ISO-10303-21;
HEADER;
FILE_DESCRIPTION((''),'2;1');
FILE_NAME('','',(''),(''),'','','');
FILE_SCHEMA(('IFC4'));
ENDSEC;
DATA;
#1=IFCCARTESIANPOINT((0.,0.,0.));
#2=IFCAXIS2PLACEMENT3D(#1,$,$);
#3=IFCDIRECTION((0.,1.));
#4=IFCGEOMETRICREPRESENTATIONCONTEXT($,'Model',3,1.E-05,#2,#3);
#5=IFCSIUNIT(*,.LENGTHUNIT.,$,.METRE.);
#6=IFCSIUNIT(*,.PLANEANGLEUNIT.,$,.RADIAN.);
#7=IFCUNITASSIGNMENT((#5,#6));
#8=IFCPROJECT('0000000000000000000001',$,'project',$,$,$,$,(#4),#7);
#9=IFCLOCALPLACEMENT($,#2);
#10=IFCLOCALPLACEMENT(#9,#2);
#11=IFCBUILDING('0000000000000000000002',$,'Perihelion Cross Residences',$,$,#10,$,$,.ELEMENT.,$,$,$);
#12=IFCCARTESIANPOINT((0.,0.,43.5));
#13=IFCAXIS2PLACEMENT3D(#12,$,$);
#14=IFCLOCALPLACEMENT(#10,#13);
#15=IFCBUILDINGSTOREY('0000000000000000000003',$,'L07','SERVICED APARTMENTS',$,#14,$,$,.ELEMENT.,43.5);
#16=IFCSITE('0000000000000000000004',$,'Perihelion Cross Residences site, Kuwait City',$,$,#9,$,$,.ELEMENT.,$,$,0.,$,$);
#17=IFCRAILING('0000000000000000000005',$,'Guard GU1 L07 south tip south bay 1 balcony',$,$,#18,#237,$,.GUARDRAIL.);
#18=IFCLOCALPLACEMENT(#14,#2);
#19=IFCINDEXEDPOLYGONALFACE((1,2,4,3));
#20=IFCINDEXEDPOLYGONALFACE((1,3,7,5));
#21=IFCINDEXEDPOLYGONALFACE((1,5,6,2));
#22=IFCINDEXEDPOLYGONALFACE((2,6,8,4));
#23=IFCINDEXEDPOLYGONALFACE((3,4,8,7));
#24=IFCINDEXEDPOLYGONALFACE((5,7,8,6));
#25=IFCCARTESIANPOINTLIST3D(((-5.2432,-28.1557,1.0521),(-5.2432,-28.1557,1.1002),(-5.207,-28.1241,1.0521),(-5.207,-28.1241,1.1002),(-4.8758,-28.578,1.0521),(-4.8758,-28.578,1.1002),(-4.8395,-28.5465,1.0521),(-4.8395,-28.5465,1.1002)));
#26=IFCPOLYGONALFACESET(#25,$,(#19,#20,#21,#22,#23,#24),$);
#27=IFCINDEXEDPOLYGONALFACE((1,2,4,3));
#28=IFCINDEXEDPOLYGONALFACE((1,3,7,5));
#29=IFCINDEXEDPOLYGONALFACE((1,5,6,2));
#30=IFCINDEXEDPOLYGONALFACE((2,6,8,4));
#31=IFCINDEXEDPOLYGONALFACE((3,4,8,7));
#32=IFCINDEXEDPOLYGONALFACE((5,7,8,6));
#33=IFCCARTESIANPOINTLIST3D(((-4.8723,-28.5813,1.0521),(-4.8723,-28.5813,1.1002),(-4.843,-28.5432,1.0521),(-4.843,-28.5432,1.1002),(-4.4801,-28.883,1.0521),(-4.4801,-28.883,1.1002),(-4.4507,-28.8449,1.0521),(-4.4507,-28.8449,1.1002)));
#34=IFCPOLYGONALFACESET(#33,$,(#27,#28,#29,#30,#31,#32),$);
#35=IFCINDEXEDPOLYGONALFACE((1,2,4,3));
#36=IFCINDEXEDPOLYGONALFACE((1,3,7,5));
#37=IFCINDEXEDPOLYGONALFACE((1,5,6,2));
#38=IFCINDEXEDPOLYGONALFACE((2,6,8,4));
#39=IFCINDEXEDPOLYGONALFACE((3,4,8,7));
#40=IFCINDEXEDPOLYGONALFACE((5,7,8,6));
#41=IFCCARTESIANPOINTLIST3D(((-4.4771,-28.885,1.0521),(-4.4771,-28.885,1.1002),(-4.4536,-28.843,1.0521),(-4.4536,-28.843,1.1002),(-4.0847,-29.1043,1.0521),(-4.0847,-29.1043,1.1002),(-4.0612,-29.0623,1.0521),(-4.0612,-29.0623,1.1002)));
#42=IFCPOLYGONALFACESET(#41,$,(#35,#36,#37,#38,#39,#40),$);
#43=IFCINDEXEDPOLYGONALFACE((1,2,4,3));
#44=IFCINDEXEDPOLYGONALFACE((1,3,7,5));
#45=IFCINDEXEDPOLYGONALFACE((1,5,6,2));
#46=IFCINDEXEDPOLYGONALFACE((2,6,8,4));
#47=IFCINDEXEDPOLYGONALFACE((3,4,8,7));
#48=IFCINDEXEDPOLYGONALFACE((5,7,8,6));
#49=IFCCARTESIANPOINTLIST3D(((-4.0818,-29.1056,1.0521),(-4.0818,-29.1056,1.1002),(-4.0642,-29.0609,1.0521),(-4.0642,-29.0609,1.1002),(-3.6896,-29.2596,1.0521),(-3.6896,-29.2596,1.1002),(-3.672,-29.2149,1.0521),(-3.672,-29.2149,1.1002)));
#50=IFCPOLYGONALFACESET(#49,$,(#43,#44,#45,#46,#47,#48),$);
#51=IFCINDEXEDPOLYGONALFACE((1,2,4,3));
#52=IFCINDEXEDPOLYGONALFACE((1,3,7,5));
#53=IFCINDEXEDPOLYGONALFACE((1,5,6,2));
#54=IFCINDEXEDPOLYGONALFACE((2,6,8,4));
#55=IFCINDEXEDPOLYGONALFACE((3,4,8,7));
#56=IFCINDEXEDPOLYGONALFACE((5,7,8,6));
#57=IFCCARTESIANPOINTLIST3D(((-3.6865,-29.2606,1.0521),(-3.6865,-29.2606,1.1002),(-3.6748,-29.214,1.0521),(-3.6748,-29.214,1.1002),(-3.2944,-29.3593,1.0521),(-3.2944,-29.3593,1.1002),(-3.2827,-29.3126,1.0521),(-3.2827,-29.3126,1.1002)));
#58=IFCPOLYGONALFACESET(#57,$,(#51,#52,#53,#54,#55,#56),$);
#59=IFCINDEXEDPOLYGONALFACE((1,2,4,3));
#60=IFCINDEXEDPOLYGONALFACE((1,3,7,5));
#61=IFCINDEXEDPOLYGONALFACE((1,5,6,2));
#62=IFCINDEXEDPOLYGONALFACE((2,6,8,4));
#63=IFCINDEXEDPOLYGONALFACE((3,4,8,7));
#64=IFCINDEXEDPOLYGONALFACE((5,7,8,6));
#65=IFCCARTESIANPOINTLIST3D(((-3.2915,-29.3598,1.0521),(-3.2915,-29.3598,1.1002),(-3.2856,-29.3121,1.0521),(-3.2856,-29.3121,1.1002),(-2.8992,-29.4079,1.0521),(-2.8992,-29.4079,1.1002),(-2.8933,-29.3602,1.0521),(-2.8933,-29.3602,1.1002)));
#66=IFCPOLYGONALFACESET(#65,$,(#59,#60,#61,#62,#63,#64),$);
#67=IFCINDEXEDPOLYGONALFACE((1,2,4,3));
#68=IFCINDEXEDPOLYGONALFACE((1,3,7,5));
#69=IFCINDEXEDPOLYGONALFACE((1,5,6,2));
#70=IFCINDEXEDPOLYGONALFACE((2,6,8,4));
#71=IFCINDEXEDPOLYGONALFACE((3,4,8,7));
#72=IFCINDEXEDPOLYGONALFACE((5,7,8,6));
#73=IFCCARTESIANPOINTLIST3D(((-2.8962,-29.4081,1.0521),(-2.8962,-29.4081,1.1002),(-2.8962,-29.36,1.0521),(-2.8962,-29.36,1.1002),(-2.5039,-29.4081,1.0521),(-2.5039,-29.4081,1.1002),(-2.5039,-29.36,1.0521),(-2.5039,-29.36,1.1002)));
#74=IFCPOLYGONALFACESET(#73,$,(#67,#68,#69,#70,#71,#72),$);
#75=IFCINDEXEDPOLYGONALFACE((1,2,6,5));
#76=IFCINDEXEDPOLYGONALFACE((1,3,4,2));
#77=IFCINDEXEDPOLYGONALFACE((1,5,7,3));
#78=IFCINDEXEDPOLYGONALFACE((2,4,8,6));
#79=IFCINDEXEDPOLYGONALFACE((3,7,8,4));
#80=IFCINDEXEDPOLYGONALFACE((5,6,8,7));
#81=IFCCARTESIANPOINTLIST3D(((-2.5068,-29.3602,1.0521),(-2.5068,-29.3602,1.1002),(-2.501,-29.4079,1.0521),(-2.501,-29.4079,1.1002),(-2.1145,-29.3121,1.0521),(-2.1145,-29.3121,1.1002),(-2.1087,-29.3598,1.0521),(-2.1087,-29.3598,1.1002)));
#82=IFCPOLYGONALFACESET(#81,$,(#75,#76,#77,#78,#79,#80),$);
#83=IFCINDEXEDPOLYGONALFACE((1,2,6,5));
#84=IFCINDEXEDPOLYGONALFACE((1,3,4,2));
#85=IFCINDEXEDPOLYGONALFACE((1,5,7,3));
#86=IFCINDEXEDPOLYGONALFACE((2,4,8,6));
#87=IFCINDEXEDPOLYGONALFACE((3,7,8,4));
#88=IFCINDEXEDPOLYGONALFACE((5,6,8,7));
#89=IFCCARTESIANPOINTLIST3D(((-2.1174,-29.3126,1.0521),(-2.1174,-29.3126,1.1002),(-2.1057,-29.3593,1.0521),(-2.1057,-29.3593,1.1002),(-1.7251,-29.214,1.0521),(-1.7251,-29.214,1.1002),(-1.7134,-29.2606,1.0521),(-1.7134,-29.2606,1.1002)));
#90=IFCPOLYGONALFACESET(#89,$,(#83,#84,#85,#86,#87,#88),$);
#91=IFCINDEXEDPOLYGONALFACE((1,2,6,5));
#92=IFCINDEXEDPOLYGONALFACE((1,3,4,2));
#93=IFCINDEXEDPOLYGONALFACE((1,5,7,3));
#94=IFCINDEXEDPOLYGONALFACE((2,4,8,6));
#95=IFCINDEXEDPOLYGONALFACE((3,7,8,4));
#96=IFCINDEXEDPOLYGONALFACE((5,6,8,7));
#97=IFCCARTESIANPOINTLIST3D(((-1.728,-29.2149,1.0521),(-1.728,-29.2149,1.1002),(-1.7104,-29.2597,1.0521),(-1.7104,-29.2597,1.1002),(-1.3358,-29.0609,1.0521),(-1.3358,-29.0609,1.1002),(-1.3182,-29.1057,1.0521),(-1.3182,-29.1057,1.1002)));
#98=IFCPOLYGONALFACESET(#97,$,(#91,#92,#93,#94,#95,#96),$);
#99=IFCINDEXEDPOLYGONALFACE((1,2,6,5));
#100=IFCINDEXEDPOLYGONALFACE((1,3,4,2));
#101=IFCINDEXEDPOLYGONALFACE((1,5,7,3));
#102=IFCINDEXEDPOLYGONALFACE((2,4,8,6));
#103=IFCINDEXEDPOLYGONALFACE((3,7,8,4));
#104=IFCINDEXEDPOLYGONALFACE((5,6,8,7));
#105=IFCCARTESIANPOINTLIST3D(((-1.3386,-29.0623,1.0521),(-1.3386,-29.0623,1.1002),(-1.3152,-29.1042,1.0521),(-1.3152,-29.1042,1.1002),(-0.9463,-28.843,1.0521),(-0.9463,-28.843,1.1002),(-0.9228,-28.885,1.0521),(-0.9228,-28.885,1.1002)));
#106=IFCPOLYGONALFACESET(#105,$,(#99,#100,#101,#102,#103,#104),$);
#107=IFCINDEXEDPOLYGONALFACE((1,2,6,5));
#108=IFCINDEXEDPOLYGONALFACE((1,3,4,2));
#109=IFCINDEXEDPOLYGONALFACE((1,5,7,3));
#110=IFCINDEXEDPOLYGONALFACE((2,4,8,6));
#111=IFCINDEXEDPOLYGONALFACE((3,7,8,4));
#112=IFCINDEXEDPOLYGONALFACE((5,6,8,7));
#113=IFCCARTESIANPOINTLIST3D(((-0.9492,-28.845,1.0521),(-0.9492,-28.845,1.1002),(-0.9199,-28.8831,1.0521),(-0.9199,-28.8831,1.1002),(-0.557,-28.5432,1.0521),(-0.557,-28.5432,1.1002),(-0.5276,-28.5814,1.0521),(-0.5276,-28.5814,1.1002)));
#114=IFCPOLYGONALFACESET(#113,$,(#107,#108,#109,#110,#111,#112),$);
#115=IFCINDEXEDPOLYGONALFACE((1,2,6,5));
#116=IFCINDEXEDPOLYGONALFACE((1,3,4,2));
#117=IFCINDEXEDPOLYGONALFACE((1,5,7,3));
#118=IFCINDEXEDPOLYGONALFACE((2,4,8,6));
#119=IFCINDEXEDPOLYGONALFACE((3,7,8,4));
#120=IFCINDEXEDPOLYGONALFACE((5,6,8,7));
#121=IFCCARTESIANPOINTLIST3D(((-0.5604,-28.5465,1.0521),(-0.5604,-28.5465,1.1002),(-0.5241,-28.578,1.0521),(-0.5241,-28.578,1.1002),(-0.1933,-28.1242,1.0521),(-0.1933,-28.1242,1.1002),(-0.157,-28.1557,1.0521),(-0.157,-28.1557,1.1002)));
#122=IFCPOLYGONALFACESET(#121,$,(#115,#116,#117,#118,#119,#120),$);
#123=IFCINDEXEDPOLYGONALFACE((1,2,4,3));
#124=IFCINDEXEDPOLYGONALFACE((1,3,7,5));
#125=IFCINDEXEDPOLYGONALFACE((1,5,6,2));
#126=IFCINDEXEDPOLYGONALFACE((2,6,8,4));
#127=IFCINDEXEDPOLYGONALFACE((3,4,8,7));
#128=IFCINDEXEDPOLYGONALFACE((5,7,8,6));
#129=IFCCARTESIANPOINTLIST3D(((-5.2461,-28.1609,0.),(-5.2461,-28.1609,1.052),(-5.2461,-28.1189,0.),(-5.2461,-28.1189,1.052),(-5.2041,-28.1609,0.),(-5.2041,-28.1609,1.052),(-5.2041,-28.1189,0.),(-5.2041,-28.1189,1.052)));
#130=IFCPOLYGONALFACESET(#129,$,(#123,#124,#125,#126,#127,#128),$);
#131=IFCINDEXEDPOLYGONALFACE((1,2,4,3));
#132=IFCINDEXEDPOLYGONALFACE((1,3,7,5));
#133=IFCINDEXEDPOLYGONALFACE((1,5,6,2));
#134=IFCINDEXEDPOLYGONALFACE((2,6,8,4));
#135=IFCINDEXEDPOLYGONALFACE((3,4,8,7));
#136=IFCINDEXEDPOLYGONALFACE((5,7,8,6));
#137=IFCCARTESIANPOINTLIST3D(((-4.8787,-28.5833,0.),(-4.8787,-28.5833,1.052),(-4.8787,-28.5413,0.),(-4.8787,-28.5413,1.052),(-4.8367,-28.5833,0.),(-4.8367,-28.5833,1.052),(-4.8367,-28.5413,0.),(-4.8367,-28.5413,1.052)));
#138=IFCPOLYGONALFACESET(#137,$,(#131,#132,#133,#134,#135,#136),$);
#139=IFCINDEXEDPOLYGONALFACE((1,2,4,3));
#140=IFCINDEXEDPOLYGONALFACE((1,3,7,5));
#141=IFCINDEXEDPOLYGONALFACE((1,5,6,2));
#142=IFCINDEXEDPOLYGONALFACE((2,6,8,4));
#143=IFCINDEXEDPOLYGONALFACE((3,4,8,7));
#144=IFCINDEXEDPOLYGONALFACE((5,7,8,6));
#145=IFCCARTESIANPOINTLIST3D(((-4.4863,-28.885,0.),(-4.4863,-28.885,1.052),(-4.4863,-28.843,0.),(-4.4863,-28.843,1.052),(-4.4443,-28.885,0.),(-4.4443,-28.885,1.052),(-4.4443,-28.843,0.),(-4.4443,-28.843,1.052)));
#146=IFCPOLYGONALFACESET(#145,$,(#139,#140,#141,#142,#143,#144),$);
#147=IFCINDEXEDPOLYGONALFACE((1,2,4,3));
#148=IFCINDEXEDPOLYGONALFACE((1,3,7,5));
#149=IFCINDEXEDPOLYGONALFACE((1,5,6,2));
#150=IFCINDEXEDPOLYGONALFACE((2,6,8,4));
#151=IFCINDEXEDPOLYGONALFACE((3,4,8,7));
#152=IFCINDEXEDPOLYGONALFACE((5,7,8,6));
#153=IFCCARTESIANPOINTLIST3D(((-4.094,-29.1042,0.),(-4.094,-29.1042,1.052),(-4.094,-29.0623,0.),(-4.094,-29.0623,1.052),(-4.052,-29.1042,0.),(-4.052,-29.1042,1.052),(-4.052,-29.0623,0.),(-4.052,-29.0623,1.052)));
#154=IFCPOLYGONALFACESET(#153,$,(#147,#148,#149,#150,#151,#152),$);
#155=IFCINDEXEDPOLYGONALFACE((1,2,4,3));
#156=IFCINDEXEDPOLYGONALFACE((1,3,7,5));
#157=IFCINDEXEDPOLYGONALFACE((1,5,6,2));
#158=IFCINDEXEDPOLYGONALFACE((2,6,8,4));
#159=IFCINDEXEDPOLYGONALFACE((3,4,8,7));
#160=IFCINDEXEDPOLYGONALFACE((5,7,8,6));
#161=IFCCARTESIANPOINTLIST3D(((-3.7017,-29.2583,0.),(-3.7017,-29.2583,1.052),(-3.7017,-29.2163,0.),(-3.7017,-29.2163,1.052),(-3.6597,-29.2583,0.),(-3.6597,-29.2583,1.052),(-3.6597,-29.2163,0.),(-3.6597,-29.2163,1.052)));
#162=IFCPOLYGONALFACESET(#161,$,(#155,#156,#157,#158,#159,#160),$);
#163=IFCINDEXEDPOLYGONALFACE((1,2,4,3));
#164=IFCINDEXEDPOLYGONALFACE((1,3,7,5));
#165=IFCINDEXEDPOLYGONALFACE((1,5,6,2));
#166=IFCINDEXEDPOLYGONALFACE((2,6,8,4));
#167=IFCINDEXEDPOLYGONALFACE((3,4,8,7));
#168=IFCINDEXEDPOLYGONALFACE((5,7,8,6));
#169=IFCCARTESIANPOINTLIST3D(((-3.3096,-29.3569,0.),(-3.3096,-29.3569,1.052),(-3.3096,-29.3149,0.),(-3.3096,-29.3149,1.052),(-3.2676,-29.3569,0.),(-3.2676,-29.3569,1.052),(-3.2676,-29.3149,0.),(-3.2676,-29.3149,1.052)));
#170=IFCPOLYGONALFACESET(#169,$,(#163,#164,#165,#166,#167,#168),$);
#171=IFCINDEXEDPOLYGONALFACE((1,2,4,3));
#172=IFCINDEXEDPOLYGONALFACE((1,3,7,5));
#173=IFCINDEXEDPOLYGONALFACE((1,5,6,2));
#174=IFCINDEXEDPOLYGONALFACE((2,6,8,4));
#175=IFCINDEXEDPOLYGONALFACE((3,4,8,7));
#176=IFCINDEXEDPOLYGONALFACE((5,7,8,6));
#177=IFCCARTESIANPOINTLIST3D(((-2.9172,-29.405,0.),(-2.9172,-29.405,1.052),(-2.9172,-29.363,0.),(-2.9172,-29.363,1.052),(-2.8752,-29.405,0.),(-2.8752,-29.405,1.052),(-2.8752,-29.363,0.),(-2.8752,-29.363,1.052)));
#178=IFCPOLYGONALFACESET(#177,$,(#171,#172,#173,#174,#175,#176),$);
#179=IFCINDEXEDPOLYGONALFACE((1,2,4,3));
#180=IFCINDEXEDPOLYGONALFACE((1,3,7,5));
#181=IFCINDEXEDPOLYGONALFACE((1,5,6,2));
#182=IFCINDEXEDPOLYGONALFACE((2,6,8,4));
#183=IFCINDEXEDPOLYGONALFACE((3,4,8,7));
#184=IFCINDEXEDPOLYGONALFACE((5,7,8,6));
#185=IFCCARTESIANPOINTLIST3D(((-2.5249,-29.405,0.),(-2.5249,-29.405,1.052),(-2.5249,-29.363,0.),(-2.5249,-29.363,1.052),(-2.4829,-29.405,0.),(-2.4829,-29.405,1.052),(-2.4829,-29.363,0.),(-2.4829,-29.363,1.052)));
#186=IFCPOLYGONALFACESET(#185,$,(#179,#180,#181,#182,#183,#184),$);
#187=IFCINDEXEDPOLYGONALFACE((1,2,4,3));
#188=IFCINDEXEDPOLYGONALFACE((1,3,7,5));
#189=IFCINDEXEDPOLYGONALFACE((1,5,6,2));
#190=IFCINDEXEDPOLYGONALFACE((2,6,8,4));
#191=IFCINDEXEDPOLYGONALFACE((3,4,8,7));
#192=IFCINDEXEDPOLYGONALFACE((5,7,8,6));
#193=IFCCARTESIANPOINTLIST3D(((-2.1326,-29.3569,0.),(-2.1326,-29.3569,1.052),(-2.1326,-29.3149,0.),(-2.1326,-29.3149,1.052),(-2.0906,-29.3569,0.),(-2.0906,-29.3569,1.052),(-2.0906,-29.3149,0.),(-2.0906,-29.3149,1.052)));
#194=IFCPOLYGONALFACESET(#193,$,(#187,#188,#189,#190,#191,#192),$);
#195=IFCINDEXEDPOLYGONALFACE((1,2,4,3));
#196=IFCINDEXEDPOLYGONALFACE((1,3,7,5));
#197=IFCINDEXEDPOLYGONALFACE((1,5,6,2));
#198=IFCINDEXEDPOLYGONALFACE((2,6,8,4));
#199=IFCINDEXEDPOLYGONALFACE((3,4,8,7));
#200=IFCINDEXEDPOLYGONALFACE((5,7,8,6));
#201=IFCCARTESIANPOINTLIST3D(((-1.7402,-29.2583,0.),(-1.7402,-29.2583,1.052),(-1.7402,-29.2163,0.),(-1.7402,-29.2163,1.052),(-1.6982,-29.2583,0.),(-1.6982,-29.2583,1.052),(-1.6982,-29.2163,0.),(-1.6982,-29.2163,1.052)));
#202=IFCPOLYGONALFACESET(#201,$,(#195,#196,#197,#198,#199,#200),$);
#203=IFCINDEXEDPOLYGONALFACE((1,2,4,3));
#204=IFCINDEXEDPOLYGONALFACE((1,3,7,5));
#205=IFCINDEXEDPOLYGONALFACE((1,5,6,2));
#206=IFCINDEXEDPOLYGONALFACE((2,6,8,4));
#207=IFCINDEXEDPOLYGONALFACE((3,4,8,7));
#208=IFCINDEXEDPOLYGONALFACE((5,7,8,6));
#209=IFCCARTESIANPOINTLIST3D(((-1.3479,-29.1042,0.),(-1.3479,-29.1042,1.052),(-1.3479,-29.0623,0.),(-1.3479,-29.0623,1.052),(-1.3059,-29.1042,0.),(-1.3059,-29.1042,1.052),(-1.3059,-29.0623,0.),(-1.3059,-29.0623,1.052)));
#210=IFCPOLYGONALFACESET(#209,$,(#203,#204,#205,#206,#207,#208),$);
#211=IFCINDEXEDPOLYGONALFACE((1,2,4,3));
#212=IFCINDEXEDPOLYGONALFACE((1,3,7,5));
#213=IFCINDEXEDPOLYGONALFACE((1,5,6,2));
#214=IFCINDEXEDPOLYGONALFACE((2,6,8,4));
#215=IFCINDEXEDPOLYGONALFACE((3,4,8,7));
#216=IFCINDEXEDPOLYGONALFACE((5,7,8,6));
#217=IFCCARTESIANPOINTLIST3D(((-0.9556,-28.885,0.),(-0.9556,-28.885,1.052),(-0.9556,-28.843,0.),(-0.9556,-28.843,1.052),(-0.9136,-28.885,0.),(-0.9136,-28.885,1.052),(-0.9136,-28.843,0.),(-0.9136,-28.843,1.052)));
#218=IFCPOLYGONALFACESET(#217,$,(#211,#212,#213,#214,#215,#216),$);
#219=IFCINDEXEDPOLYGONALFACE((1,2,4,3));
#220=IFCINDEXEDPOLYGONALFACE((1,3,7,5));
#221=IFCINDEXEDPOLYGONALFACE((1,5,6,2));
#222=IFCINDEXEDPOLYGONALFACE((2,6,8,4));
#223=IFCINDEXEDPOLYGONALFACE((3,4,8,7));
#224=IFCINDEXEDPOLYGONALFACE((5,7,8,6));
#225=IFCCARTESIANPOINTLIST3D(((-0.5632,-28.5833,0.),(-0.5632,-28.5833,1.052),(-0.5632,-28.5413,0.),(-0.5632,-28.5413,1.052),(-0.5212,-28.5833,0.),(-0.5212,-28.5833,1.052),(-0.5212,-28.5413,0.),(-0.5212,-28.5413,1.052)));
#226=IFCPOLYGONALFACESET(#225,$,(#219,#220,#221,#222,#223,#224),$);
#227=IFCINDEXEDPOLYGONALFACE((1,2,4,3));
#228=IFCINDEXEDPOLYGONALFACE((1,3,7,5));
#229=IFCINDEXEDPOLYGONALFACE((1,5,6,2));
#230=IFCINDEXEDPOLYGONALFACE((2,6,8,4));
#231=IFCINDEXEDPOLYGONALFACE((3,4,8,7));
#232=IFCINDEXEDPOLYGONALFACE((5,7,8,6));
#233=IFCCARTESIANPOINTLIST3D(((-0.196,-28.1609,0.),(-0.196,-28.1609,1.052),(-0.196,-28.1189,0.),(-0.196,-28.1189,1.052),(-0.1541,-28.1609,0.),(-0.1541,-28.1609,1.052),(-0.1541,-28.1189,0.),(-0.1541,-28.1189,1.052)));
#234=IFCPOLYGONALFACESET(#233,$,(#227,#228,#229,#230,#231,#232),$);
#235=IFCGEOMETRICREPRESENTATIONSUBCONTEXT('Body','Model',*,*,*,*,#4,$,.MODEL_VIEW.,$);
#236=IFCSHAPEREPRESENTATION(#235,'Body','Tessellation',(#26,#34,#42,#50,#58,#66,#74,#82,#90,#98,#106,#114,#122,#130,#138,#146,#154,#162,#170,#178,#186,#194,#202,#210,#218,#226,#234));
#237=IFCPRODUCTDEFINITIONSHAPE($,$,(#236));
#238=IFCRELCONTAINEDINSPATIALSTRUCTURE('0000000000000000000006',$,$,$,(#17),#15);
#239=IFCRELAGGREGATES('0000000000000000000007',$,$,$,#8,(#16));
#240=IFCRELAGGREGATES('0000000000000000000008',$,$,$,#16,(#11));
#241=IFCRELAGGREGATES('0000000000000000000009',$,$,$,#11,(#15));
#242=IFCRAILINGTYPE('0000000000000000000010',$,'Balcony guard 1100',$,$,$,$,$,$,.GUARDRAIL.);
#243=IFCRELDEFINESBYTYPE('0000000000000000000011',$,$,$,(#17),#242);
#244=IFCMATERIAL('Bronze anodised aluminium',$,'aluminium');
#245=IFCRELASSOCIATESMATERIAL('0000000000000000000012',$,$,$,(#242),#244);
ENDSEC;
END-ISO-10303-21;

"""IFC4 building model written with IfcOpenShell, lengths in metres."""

from ifc_helpers import new_model, si_unit, direction, frame, origin, origin_2d, place, context, subcontext, project, spatial, rectangle, extrude, material, type_object, element, save


model = new_model("IFC4")

# Units and contexts
model_context = context("Model", 3, precision=1e-05, world=origin(), true_north=direction((0.0, 1.0)))
body_context = subcontext(model_context, "Body", "Model", "MODEL_VIEW")
ifc_project = project(units=[si_unit("LENGTHUNIT", "METRE"), si_unit("PLANEANGLEUNIT", "RADIAN")], contexts=[model_context])

# Site, building, storey
site_placement = place(None, origin())
site = spatial("IfcSite", under=ifc_project, at=site_placement, Name="Perihelion Cross Residences site, Kuwait City", CompositionType="ELEMENT", RefElevation=0.0)
building_placement = place(site_placement, origin())
building = spatial("IfcBuilding", under=site, at=building_placement, Name="Perihelion Cross Residences", CompositionType="ELEMENT")
storey_placement = place(building_placement, frame((0.0, 0.0, 43.5)))
storey = spatial("IfcBuildingStorey", under=building, at=storey_placement, Name="L07", Description="SERVICED APARTMENTS", CompositionType="ELEMENT", Elevation=43.5)

# Railing
ifc_material_1 = material(Name="Bronze anodised aluminium", Category="aluminium")
railing_type = type_object("IfcRailingType", Name="Balcony guard 1100", PredefinedType="GUARDRAIL", material=ifc_material_1)
railing_placement = place(storey_placement, frame((-5.2251, -28.1399, 0.0)))
element("IfcRailing", 1, at=railing_placement, inside=storey, type_object=railing_type, Name="Guard GU1 L07 south tip south bay 1 balcony", PredefinedType="GUARDRAIL", context=body_context, shape_type="SweptSolid", body=[
    extrude(rectangle(XDim=0.0481, YDim=0.0481, at=origin_2d()), frame((0.0, 0.0, 1.0762), z_axis=(0.656341, -0.754465, 0.0), x_axis=(0.754465, 0.656341, 0.0)), (0.0, 0.0, 1.0), 0.5598),
    extrude(rectangle(XDim=0.0481, YDim=0.0481, at=origin_2d()), frame((0.3674, -0.4224, 1.0762), z_axis=(0.792661, -0.609663, 0.0), x_axis=(0.609663, 0.792661, 0.0)), (0.0, 0.0, 1.0), 0.4949),
    extrude(rectangle(XDim=0.0481, YDim=0.0481, at=origin_2d()), frame((0.7598, -0.7241, 1.0762), z_axis=(0.87295, -0.487809, 0.0), x_axis=(0.487809, 0.87295, 0.0)), (0.0, 0.0, 1.0), 0.4495),
    extrude(rectangle(XDim=0.0481, YDim=0.0481, at=origin_2d()), frame((1.1521, -0.9434, 1.0762), z_axis=(0.930815, -0.365491, 0.0), x_axis=(0.365491, 0.930815, 0.0)), (0.0, 0.0, 1.0), 0.4214),
    extrude(rectangle(XDim=0.0481, YDim=0.0481, at=origin_2d()), frame((1.5444, -1.0974, 1.0762), z_axis=(0.969786, -0.243956, 0.0), x_axis=(0.243956, 0.969786, 0.0)), (0.0, 0.0, 1.0), 0.4043),
    extrude(rectangle(XDim=0.0481, YDim=0.0481, at=origin_2d()), frame((1.9365, -1.196, 1.0762), z_axis=(0.99257, -0.121678, 0.0), x_axis=(0.121678, 0.99257, 0.0)), (0.0, 0.0, 1.0), 0.3953),
    extrude(rectangle(XDim=0.0481, YDim=0.0481, at=origin_2d()), frame((2.3289, -1.2441, 1.0762), z_axis=(1.0, 0.0, 0.0), x_axis=(0.0, 1.0, 0.0)), (0.0, 0.0, 1.0), 0.3923),
    extrude(rectangle(XDim=0.0481, YDim=0.0481, at=origin_2d()), frame((2.7212, -1.2441, 1.0762), z_axis=(0.99257, 0.121678, 0.0), x_axis=(-0.121678, 0.99257, 0.0)), (0.0, 0.0, 1.0), 0.3953),
    extrude(rectangle(XDim=0.0481, YDim=0.0481, at=origin_2d()), frame((3.1135, -1.196, 1.0762), z_axis=(0.969822, 0.243813, 0.0), x_axis=(-0.243813, 0.969822, 0.0)), (0.0, 0.0, 1.0), 0.4045),
    extrude(rectangle(XDim=0.0481, YDim=0.0481, at=origin_2d()), frame((3.5059, -1.0974, 1.0762), z_axis=(0.930815, 0.365491, 0.0), x_axis=(-0.365491, 0.930815, 0.0)), (0.0, 0.0, 1.0), 0.4214),
    extrude(rectangle(XDim=0.0481, YDim=0.0481, at=origin_2d()), frame((3.8982, -0.9434, 1.0762), z_axis=(0.87295, 0.487809, 0.0), x_axis=(-0.487809, 0.87295, 0.0)), (0.0, 0.0, 1.0), 0.4495),
    extrude(rectangle(XDim=0.0481, YDim=0.0481, at=origin_2d()), frame((4.2905, -0.7241, 1.0762), z_axis=(0.792661, 0.609663, 0.0), x_axis=(-0.609663, 0.792661, 0.0)), (0.0, 0.0, 1.0), 0.4949),
    extrude(rectangle(XDim=0.0481, YDim=0.0481, at=origin_2d()), frame((4.6829, -0.4224, 1.0762), z_axis=(0.656092, 0.754681, 0.0), x_axis=(-0.754681, 0.656092, 0.0)), (0.0, 0.0, 1.0), 0.5596),
    extrude(rectangle(XDim=0.042, YDim=0.042, at=origin_2d()), origin(), (0.0, 0.0, 1.0), 1.052),
    extrude(rectangle(XDim=0.042, YDim=0.042, at=origin_2d()), frame((0.3674, -0.4224, 0.0)), (0.0, 0.0, 1.0), 1.052),
    extrude(rectangle(XDim=0.042, YDim=0.042, at=origin_2d()), frame((0.7598, -0.7241, 0.0)), (0.0, 0.0, 1.0), 1.052),
    extrude(rectangle(XDim=0.042, YDim=0.042, at=origin_2d()), frame((1.1521, -0.9434, 0.0)), (0.0, 0.0, 1.0), 1.052),
    extrude(rectangle(XDim=0.042, YDim=0.042, at=origin_2d()), frame((1.5444, -1.0974, 0.0)), (0.0, 0.0, 1.0), 1.052),
    extrude(rectangle(XDim=0.042, YDim=0.042, at=origin_2d()), frame((1.9365, -1.196, 0.0)), (0.0, 0.0, 1.0), 1.052),
    extrude(rectangle(XDim=0.042, YDim=0.042, at=origin_2d()), frame((2.3289, -1.2441, 0.0)), (0.0, 0.0, 1.0), 1.052),
    extrude(rectangle(XDim=0.042, YDim=0.042, at=origin_2d()), frame((2.7212, -1.2441, 0.0)), (0.0, 0.0, 1.0), 1.052),
    extrude(rectangle(XDim=0.042, YDim=0.042, at=origin_2d()), frame((3.1135, -1.196, 0.0)), (0.0, 0.0, 1.0), 1.052),
    extrude(rectangle(XDim=0.042, YDim=0.042, at=origin_2d()), frame((3.5059, -1.0974, 0.0)), (0.0, 0.0, 1.0), 1.052),
    extrude(rectangle(XDim=0.042, YDim=0.042, at=origin_2d()), frame((3.8982, -0.9434, 0.0)), (0.0, 0.0, 1.0), 1.052),
    extrude(rectangle(XDim=0.042, YDim=0.042, at=origin_2d()), frame((4.2905, -0.7241, 0.0)), (0.0, 0.0, 1.0), 1.052),
    extrude(rectangle(XDim=0.042, YDim=0.042, at=origin_2d()), frame((4.6829, -0.4224, 0.0)), (0.0, 0.0, 1.0), 1.052),
    extrude(rectangle(XDim=0.042, YDim=0.042, at=origin_2d()), frame((5.05, 0.0, 0.0)), (0.0, 0.0, 1.0), 1.052),
])

save(model, "model.ifc")
